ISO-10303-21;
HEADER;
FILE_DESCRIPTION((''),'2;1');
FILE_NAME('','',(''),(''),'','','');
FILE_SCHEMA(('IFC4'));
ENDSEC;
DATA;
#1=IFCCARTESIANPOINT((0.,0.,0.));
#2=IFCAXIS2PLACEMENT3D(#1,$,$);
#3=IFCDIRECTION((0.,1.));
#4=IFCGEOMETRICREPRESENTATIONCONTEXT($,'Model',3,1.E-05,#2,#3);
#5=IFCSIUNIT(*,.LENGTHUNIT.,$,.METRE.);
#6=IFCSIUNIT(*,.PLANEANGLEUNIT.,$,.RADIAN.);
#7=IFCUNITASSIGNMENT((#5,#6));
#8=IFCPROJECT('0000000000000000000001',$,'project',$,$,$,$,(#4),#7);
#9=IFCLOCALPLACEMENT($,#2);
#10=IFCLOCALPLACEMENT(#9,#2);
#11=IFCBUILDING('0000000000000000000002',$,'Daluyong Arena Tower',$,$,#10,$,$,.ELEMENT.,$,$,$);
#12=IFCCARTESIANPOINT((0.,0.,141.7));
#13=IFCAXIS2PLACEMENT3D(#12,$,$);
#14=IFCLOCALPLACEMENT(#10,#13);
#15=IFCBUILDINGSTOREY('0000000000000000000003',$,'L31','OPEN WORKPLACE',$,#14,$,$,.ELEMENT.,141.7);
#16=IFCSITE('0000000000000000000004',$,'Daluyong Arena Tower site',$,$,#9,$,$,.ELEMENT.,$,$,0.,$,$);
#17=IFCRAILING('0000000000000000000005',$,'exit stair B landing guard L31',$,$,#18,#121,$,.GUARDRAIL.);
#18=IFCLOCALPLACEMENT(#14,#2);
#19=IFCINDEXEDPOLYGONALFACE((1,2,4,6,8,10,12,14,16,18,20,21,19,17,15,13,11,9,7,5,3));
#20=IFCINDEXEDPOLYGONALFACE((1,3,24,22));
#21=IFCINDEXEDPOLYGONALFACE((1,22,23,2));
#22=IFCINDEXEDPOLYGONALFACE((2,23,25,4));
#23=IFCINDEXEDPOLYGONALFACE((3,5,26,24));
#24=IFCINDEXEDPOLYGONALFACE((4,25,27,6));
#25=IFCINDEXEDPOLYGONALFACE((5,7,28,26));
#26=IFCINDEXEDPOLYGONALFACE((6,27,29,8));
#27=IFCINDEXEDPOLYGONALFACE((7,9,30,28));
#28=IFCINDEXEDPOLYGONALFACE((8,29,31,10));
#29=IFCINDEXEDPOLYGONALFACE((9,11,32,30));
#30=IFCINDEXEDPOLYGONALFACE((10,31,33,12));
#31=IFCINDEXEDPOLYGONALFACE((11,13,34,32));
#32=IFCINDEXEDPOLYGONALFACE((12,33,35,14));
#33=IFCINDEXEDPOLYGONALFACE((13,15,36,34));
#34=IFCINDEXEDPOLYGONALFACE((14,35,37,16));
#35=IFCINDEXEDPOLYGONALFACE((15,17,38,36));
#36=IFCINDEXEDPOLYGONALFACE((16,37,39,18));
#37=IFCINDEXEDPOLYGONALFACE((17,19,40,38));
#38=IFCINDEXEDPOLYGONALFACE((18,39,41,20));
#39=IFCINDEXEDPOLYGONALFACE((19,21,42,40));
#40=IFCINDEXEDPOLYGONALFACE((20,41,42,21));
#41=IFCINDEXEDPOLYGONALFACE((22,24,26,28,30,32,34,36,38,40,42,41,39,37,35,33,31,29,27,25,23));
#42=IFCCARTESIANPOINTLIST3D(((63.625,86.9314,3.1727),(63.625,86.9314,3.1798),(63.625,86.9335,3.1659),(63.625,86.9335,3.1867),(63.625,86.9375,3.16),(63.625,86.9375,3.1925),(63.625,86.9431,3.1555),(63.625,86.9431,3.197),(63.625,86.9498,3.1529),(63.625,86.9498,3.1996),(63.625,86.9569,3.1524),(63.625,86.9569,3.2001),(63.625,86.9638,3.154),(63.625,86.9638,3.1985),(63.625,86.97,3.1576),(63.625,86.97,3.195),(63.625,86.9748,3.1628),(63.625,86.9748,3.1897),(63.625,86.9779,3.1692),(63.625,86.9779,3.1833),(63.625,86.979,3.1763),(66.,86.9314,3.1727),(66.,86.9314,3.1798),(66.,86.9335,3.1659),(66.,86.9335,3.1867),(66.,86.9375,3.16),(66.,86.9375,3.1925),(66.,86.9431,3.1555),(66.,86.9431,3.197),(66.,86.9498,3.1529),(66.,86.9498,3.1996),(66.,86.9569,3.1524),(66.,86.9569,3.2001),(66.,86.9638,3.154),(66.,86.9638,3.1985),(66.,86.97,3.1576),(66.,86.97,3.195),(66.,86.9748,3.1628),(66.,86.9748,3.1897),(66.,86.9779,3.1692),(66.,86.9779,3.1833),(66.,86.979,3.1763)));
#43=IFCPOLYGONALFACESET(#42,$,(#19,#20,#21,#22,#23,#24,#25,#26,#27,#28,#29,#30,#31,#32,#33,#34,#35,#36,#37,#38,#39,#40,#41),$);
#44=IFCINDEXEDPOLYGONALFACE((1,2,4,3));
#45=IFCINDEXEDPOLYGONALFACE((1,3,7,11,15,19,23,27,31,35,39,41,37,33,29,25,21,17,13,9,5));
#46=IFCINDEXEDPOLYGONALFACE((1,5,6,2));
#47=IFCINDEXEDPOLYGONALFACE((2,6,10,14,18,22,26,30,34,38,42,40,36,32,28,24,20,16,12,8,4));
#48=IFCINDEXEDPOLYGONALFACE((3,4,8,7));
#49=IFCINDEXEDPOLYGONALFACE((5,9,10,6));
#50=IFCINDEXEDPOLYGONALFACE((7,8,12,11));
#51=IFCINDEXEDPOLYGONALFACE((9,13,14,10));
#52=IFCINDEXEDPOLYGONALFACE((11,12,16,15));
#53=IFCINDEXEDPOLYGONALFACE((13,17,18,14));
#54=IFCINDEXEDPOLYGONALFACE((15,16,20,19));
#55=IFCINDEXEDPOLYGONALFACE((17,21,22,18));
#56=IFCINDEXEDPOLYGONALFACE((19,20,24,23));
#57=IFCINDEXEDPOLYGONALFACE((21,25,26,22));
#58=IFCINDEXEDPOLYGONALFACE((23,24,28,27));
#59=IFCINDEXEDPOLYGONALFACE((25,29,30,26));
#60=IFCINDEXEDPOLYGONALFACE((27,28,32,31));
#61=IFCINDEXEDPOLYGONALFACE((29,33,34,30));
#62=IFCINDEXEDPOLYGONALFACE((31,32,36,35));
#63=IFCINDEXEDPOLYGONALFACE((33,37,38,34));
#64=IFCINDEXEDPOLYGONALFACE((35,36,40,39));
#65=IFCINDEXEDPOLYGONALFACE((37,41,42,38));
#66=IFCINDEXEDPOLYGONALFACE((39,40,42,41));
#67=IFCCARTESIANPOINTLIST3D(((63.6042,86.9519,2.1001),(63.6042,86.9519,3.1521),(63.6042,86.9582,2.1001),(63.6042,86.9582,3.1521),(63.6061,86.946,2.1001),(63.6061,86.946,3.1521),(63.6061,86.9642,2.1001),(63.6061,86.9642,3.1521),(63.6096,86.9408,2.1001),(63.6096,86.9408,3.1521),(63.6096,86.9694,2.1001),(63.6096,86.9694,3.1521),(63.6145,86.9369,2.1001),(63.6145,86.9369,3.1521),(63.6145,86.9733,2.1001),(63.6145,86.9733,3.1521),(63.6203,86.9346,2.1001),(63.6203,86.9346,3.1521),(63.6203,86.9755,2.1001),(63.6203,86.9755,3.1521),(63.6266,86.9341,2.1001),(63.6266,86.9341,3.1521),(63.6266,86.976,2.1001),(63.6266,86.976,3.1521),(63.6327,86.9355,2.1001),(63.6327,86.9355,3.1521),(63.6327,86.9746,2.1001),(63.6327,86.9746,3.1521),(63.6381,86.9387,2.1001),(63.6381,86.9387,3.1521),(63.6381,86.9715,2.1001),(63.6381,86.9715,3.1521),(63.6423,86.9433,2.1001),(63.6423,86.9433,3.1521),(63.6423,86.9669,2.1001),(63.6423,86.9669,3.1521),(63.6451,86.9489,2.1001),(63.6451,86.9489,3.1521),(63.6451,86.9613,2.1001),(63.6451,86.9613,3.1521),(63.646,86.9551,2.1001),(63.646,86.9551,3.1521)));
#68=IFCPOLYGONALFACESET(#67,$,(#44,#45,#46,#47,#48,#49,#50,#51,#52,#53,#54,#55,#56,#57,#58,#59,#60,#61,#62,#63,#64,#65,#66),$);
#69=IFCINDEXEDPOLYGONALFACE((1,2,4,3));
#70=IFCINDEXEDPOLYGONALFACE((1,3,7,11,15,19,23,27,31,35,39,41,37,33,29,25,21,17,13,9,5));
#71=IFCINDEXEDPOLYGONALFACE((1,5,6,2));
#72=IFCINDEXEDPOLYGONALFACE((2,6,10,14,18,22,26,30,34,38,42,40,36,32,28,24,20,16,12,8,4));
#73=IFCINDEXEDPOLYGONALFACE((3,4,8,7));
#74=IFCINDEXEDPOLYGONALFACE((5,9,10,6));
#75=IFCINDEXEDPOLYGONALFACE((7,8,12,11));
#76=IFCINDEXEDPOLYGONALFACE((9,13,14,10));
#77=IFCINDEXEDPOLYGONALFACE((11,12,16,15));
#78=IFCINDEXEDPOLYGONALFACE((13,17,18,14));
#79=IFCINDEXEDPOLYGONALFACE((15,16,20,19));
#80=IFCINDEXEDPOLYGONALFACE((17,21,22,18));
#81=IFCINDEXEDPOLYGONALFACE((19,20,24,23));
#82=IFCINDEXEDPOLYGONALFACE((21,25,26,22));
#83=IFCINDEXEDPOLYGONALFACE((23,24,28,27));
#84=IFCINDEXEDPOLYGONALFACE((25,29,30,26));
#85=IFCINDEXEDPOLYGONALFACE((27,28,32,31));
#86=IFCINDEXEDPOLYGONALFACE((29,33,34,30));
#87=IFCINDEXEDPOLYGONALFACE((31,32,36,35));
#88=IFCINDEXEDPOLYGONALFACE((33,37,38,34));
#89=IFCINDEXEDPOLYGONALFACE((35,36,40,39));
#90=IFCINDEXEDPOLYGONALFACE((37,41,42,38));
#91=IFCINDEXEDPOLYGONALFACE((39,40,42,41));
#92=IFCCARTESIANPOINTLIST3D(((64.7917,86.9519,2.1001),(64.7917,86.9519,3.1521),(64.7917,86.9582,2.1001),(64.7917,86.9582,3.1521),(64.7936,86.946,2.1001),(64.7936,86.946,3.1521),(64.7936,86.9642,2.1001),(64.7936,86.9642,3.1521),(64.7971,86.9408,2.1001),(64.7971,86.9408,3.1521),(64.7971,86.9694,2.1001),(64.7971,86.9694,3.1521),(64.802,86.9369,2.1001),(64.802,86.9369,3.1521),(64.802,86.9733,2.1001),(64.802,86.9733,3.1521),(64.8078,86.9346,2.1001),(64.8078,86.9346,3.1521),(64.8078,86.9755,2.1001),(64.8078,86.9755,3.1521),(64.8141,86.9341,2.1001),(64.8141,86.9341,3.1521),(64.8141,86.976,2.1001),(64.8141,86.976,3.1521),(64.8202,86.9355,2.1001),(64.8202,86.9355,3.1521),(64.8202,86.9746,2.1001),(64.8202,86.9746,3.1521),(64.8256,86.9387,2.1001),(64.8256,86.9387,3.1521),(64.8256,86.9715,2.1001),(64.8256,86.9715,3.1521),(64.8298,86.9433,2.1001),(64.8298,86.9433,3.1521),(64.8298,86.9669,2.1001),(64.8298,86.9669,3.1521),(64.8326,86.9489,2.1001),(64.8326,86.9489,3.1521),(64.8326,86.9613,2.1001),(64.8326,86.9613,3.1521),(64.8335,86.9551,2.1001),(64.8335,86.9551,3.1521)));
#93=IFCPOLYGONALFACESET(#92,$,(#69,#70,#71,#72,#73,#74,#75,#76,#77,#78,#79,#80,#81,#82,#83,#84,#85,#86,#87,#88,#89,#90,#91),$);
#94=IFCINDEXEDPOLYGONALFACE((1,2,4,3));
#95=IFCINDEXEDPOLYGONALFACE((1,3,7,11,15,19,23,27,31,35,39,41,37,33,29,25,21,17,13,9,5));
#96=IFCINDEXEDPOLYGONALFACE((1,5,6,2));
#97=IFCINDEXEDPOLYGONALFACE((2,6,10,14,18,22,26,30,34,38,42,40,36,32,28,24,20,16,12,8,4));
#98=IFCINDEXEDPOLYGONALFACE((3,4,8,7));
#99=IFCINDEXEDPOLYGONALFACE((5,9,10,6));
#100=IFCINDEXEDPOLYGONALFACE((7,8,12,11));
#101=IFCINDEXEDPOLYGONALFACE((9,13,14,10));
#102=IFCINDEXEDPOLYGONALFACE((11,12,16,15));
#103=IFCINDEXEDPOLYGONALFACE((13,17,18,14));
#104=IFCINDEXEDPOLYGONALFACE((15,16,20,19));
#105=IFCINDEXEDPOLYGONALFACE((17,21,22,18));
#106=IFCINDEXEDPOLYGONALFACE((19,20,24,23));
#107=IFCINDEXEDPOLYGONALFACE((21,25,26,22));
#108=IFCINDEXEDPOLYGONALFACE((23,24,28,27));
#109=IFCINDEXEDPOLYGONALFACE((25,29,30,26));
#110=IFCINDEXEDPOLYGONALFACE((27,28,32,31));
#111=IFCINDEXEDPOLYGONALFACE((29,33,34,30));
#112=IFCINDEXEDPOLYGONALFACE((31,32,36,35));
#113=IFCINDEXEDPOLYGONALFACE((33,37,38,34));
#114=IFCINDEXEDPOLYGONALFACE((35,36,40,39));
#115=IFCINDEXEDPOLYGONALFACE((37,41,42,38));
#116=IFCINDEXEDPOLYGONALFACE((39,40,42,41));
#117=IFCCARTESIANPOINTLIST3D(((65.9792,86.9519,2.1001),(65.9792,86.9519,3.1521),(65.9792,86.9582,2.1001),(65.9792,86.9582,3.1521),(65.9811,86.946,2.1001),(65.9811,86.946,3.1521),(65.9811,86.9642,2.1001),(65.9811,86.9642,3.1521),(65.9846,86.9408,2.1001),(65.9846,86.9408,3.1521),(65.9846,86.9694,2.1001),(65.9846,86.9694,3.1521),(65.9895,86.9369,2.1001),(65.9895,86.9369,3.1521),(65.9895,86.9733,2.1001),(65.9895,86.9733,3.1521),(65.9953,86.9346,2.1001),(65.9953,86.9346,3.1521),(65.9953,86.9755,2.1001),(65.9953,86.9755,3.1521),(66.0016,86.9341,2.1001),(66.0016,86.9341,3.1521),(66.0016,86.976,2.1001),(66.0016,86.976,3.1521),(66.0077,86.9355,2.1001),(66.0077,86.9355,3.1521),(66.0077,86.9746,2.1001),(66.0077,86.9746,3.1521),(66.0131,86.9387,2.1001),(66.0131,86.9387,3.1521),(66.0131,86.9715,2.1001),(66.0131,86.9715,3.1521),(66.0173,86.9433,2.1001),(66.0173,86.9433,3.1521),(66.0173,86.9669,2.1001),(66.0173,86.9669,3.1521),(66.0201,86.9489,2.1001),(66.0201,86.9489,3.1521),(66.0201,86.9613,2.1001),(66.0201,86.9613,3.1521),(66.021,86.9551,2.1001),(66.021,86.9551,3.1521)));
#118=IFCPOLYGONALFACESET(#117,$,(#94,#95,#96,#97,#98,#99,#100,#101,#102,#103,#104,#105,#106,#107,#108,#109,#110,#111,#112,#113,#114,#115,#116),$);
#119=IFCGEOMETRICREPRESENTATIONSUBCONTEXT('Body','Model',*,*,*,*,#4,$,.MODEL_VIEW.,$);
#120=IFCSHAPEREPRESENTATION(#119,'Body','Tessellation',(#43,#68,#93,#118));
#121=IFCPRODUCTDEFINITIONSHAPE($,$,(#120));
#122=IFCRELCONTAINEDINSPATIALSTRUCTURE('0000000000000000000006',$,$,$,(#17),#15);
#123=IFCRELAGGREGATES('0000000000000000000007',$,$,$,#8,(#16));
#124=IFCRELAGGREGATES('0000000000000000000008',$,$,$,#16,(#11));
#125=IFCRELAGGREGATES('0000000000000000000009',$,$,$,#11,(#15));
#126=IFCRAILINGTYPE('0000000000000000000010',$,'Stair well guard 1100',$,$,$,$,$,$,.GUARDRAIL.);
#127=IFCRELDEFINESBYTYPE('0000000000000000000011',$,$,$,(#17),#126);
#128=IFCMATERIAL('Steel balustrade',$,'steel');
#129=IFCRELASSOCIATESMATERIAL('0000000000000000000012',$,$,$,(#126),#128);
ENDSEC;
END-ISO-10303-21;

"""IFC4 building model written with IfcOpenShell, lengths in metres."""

from ifc_helpers import new_model, si_unit, direction, frame, origin, origin_2d, place, context, subcontext, project, spatial, circle, extrude, material, type_object, element, save


model = new_model("IFC4")

# Units and contexts
model_context = context("Model", 3, precision=1e-05, world=origin(), true_north=direction((0.0, 1.0)))
body_context = subcontext(model_context, "Body", "Model", "MODEL_VIEW")
ifc_project = project(units=[si_unit("LENGTHUNIT", "METRE"), si_unit("PLANEANGLEUNIT", "RADIAN")], contexts=[model_context])

# Site, building, storey
site_placement = place(None, origin())
site = spatial("IfcSite", under=ifc_project, at=site_placement, Name="Daluyong Arena Tower site", CompositionType="ELEMENT", RefElevation=0.0)
building_placement = place(site_placement, origin())
building = spatial("IfcBuilding", under=site, at=building_placement, Name="Daluyong Arena Tower", CompositionType="ELEMENT")
storey_placement = place(building_placement, frame((0.0, 0.0, 141.7)))
storey = spatial("IfcBuildingStorey", under=building, at=storey_placement, Name="L31", Description="OPEN WORKPLACE", CompositionType="ELEMENT", Elevation=141.7)

# Railing
ifc_material_1 = material(Name="Steel balustrade", Category="steel")
railing_type_1 = type_object("IfcRailingType", Name="Stair well guard 1100", PredefinedType="GUARDRAIL", material=ifc_material_1)
railing_1_placement = place(storey_placement, frame((63.625, 86.9551, 2.1001)))
element("IfcRailing", 1, at=railing_1_placement, inside=storey, type_object=railing_type_1, Name="exit stair B landing guard L31", PredefinedType="GUARDRAIL", context=body_context, shape_type="SweptSolid", body=[
    extrude(circle(Radius=0.0239, at=origin_2d()), frame((0.0, 0.0, 1.0762), z_axis=(1.0, 0.0, 0.0), x_axis=(0.0, 1.0, 0.0)), (0.0, 0.0, 1.0), 2.375),
    extrude(circle(Radius=0.021, at=origin_2d()), origin(), (0.0, 0.0, 1.0), 1.052),
    extrude(circle(Radius=0.021, at=origin_2d()), frame((1.1875, 0.0, 0.0)), (0.0, 0.0, 1.0), 1.052),
    extrude(circle(Radius=0.021, at=origin_2d()), frame((2.375, 0.0, 0.0)), (0.0, 0.0, 1.0), 1.052),
])

save(model, "model.ifc")
